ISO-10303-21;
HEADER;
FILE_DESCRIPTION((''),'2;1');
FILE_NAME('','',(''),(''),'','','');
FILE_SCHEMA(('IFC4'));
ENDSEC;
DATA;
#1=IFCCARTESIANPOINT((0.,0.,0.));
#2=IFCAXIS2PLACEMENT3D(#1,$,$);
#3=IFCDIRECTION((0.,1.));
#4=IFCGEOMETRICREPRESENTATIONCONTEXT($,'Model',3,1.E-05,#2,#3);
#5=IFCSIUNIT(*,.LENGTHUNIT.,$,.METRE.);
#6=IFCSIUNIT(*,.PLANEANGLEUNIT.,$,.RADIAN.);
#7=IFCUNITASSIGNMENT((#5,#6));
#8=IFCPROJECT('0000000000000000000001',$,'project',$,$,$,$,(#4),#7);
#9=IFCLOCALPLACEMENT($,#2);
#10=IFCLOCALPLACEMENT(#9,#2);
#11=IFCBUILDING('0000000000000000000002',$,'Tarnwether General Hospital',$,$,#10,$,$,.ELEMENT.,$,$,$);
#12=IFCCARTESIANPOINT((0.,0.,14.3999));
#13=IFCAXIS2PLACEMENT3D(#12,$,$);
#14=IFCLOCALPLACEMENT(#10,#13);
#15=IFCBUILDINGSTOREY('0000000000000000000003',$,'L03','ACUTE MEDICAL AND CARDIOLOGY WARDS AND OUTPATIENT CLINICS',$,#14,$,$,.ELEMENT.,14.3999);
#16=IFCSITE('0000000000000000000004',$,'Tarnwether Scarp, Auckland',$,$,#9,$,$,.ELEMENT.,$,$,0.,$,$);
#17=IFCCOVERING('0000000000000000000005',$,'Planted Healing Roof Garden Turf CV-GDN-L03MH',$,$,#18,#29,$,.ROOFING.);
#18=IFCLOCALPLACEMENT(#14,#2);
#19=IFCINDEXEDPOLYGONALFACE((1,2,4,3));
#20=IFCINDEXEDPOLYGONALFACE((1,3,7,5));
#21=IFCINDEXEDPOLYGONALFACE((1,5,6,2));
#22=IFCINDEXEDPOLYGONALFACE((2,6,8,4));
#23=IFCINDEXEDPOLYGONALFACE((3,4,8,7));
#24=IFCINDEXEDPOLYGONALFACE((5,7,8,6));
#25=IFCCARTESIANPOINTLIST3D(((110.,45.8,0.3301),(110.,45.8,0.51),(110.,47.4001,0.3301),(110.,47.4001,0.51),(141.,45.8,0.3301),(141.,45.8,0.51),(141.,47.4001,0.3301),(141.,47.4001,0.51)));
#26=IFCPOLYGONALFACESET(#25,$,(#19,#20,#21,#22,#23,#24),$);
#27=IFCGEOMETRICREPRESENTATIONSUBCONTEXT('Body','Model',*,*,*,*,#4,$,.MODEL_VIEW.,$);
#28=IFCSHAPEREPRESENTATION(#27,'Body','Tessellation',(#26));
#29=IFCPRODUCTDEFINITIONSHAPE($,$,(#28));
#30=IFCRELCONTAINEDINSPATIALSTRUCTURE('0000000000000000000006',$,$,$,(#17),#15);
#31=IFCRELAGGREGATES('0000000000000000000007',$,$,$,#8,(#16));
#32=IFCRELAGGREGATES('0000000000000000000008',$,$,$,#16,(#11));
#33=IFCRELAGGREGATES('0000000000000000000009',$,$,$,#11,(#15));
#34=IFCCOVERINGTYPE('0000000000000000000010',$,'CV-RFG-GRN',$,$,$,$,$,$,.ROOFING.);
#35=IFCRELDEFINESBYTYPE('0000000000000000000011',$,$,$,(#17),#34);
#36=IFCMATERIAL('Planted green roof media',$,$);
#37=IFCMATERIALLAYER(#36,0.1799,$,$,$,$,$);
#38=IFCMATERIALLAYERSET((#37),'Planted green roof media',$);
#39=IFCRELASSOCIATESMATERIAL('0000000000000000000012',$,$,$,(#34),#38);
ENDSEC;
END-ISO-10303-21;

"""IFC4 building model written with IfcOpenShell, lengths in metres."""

from ifc_helpers import new_model, si_unit, direction, frame, origin, origin_2d, place, context, subcontext, project, spatial, rectangle, extrude, material, layer, layer_set, type_object, element, save


model = new_model("IFC4")

# Units and contexts
model_context = context("Model", 3, precision=1e-05, world=origin(), true_north=direction((0.0, 1.0)))
body_context = subcontext(model_context, "Body", "Model", "MODEL_VIEW")
ifc_project = project(units=[si_unit("LENGTHUNIT", "METRE"), si_unit("PLANEANGLEUNIT", "RADIAN")], contexts=[model_context])

# Site, building, storey
site_placement = place(None, origin())
site = spatial("IfcSite", under=ifc_project, at=site_placement, Name="Tarnwether Scarp, Auckland", CompositionType="ELEMENT", RefElevation=0.0)
building_placement = place(site_placement, origin())
building = spatial("IfcBuilding", under=site, at=building_placement, Name="Tarnwether General Hospital", CompositionType="ELEMENT")
storey_placement = place(building_placement, frame((0.0, 0.0, 14.3999)))
storey = spatial("IfcBuildingStorey", under=building, at=storey_placement, Name="L03", Description="ACUTE MEDICAL AND CARDIOLOGY WARDS AND OUTPATIENT CLINICS", CompositionType="ELEMENT", Elevation=14.3999)

# Covering
ifc_material_1 = material(Name="Planted green roof media")
ifc_layer_1 = layer(ifc_material_1, 0.1799)
ifc_layer_set_1 = layer_set([ifc_layer_1], Name="Planted green roof media")
covering_type_1 = type_object("IfcCoveringType", Name="CV-RFG-GRN", PredefinedType="ROOFING", material=ifc_layer_set_1)
covering_1_placement = place(storey_placement, frame((125.5, 46.6001, 0.3301), z_axis=(0.0, 0.0, 1.0), x_axis=(1.0, 0.0, 0.0)))
element("IfcCovering", 1, at=covering_1_placement, inside=storey, type_object=covering_type_1, Name="Planted Healing Roof Garden Turf CV-GDN-L03MH", PredefinedType="ROOFING", context=body_context, shape_type="SweptSolid", body=[
    extrude(rectangle(XDim=31.0, YDim=1.6001, at=origin_2d()), origin(), (0.0, 0.0, 1.0), 0.1799),
])

save(model, "model.ifc")
